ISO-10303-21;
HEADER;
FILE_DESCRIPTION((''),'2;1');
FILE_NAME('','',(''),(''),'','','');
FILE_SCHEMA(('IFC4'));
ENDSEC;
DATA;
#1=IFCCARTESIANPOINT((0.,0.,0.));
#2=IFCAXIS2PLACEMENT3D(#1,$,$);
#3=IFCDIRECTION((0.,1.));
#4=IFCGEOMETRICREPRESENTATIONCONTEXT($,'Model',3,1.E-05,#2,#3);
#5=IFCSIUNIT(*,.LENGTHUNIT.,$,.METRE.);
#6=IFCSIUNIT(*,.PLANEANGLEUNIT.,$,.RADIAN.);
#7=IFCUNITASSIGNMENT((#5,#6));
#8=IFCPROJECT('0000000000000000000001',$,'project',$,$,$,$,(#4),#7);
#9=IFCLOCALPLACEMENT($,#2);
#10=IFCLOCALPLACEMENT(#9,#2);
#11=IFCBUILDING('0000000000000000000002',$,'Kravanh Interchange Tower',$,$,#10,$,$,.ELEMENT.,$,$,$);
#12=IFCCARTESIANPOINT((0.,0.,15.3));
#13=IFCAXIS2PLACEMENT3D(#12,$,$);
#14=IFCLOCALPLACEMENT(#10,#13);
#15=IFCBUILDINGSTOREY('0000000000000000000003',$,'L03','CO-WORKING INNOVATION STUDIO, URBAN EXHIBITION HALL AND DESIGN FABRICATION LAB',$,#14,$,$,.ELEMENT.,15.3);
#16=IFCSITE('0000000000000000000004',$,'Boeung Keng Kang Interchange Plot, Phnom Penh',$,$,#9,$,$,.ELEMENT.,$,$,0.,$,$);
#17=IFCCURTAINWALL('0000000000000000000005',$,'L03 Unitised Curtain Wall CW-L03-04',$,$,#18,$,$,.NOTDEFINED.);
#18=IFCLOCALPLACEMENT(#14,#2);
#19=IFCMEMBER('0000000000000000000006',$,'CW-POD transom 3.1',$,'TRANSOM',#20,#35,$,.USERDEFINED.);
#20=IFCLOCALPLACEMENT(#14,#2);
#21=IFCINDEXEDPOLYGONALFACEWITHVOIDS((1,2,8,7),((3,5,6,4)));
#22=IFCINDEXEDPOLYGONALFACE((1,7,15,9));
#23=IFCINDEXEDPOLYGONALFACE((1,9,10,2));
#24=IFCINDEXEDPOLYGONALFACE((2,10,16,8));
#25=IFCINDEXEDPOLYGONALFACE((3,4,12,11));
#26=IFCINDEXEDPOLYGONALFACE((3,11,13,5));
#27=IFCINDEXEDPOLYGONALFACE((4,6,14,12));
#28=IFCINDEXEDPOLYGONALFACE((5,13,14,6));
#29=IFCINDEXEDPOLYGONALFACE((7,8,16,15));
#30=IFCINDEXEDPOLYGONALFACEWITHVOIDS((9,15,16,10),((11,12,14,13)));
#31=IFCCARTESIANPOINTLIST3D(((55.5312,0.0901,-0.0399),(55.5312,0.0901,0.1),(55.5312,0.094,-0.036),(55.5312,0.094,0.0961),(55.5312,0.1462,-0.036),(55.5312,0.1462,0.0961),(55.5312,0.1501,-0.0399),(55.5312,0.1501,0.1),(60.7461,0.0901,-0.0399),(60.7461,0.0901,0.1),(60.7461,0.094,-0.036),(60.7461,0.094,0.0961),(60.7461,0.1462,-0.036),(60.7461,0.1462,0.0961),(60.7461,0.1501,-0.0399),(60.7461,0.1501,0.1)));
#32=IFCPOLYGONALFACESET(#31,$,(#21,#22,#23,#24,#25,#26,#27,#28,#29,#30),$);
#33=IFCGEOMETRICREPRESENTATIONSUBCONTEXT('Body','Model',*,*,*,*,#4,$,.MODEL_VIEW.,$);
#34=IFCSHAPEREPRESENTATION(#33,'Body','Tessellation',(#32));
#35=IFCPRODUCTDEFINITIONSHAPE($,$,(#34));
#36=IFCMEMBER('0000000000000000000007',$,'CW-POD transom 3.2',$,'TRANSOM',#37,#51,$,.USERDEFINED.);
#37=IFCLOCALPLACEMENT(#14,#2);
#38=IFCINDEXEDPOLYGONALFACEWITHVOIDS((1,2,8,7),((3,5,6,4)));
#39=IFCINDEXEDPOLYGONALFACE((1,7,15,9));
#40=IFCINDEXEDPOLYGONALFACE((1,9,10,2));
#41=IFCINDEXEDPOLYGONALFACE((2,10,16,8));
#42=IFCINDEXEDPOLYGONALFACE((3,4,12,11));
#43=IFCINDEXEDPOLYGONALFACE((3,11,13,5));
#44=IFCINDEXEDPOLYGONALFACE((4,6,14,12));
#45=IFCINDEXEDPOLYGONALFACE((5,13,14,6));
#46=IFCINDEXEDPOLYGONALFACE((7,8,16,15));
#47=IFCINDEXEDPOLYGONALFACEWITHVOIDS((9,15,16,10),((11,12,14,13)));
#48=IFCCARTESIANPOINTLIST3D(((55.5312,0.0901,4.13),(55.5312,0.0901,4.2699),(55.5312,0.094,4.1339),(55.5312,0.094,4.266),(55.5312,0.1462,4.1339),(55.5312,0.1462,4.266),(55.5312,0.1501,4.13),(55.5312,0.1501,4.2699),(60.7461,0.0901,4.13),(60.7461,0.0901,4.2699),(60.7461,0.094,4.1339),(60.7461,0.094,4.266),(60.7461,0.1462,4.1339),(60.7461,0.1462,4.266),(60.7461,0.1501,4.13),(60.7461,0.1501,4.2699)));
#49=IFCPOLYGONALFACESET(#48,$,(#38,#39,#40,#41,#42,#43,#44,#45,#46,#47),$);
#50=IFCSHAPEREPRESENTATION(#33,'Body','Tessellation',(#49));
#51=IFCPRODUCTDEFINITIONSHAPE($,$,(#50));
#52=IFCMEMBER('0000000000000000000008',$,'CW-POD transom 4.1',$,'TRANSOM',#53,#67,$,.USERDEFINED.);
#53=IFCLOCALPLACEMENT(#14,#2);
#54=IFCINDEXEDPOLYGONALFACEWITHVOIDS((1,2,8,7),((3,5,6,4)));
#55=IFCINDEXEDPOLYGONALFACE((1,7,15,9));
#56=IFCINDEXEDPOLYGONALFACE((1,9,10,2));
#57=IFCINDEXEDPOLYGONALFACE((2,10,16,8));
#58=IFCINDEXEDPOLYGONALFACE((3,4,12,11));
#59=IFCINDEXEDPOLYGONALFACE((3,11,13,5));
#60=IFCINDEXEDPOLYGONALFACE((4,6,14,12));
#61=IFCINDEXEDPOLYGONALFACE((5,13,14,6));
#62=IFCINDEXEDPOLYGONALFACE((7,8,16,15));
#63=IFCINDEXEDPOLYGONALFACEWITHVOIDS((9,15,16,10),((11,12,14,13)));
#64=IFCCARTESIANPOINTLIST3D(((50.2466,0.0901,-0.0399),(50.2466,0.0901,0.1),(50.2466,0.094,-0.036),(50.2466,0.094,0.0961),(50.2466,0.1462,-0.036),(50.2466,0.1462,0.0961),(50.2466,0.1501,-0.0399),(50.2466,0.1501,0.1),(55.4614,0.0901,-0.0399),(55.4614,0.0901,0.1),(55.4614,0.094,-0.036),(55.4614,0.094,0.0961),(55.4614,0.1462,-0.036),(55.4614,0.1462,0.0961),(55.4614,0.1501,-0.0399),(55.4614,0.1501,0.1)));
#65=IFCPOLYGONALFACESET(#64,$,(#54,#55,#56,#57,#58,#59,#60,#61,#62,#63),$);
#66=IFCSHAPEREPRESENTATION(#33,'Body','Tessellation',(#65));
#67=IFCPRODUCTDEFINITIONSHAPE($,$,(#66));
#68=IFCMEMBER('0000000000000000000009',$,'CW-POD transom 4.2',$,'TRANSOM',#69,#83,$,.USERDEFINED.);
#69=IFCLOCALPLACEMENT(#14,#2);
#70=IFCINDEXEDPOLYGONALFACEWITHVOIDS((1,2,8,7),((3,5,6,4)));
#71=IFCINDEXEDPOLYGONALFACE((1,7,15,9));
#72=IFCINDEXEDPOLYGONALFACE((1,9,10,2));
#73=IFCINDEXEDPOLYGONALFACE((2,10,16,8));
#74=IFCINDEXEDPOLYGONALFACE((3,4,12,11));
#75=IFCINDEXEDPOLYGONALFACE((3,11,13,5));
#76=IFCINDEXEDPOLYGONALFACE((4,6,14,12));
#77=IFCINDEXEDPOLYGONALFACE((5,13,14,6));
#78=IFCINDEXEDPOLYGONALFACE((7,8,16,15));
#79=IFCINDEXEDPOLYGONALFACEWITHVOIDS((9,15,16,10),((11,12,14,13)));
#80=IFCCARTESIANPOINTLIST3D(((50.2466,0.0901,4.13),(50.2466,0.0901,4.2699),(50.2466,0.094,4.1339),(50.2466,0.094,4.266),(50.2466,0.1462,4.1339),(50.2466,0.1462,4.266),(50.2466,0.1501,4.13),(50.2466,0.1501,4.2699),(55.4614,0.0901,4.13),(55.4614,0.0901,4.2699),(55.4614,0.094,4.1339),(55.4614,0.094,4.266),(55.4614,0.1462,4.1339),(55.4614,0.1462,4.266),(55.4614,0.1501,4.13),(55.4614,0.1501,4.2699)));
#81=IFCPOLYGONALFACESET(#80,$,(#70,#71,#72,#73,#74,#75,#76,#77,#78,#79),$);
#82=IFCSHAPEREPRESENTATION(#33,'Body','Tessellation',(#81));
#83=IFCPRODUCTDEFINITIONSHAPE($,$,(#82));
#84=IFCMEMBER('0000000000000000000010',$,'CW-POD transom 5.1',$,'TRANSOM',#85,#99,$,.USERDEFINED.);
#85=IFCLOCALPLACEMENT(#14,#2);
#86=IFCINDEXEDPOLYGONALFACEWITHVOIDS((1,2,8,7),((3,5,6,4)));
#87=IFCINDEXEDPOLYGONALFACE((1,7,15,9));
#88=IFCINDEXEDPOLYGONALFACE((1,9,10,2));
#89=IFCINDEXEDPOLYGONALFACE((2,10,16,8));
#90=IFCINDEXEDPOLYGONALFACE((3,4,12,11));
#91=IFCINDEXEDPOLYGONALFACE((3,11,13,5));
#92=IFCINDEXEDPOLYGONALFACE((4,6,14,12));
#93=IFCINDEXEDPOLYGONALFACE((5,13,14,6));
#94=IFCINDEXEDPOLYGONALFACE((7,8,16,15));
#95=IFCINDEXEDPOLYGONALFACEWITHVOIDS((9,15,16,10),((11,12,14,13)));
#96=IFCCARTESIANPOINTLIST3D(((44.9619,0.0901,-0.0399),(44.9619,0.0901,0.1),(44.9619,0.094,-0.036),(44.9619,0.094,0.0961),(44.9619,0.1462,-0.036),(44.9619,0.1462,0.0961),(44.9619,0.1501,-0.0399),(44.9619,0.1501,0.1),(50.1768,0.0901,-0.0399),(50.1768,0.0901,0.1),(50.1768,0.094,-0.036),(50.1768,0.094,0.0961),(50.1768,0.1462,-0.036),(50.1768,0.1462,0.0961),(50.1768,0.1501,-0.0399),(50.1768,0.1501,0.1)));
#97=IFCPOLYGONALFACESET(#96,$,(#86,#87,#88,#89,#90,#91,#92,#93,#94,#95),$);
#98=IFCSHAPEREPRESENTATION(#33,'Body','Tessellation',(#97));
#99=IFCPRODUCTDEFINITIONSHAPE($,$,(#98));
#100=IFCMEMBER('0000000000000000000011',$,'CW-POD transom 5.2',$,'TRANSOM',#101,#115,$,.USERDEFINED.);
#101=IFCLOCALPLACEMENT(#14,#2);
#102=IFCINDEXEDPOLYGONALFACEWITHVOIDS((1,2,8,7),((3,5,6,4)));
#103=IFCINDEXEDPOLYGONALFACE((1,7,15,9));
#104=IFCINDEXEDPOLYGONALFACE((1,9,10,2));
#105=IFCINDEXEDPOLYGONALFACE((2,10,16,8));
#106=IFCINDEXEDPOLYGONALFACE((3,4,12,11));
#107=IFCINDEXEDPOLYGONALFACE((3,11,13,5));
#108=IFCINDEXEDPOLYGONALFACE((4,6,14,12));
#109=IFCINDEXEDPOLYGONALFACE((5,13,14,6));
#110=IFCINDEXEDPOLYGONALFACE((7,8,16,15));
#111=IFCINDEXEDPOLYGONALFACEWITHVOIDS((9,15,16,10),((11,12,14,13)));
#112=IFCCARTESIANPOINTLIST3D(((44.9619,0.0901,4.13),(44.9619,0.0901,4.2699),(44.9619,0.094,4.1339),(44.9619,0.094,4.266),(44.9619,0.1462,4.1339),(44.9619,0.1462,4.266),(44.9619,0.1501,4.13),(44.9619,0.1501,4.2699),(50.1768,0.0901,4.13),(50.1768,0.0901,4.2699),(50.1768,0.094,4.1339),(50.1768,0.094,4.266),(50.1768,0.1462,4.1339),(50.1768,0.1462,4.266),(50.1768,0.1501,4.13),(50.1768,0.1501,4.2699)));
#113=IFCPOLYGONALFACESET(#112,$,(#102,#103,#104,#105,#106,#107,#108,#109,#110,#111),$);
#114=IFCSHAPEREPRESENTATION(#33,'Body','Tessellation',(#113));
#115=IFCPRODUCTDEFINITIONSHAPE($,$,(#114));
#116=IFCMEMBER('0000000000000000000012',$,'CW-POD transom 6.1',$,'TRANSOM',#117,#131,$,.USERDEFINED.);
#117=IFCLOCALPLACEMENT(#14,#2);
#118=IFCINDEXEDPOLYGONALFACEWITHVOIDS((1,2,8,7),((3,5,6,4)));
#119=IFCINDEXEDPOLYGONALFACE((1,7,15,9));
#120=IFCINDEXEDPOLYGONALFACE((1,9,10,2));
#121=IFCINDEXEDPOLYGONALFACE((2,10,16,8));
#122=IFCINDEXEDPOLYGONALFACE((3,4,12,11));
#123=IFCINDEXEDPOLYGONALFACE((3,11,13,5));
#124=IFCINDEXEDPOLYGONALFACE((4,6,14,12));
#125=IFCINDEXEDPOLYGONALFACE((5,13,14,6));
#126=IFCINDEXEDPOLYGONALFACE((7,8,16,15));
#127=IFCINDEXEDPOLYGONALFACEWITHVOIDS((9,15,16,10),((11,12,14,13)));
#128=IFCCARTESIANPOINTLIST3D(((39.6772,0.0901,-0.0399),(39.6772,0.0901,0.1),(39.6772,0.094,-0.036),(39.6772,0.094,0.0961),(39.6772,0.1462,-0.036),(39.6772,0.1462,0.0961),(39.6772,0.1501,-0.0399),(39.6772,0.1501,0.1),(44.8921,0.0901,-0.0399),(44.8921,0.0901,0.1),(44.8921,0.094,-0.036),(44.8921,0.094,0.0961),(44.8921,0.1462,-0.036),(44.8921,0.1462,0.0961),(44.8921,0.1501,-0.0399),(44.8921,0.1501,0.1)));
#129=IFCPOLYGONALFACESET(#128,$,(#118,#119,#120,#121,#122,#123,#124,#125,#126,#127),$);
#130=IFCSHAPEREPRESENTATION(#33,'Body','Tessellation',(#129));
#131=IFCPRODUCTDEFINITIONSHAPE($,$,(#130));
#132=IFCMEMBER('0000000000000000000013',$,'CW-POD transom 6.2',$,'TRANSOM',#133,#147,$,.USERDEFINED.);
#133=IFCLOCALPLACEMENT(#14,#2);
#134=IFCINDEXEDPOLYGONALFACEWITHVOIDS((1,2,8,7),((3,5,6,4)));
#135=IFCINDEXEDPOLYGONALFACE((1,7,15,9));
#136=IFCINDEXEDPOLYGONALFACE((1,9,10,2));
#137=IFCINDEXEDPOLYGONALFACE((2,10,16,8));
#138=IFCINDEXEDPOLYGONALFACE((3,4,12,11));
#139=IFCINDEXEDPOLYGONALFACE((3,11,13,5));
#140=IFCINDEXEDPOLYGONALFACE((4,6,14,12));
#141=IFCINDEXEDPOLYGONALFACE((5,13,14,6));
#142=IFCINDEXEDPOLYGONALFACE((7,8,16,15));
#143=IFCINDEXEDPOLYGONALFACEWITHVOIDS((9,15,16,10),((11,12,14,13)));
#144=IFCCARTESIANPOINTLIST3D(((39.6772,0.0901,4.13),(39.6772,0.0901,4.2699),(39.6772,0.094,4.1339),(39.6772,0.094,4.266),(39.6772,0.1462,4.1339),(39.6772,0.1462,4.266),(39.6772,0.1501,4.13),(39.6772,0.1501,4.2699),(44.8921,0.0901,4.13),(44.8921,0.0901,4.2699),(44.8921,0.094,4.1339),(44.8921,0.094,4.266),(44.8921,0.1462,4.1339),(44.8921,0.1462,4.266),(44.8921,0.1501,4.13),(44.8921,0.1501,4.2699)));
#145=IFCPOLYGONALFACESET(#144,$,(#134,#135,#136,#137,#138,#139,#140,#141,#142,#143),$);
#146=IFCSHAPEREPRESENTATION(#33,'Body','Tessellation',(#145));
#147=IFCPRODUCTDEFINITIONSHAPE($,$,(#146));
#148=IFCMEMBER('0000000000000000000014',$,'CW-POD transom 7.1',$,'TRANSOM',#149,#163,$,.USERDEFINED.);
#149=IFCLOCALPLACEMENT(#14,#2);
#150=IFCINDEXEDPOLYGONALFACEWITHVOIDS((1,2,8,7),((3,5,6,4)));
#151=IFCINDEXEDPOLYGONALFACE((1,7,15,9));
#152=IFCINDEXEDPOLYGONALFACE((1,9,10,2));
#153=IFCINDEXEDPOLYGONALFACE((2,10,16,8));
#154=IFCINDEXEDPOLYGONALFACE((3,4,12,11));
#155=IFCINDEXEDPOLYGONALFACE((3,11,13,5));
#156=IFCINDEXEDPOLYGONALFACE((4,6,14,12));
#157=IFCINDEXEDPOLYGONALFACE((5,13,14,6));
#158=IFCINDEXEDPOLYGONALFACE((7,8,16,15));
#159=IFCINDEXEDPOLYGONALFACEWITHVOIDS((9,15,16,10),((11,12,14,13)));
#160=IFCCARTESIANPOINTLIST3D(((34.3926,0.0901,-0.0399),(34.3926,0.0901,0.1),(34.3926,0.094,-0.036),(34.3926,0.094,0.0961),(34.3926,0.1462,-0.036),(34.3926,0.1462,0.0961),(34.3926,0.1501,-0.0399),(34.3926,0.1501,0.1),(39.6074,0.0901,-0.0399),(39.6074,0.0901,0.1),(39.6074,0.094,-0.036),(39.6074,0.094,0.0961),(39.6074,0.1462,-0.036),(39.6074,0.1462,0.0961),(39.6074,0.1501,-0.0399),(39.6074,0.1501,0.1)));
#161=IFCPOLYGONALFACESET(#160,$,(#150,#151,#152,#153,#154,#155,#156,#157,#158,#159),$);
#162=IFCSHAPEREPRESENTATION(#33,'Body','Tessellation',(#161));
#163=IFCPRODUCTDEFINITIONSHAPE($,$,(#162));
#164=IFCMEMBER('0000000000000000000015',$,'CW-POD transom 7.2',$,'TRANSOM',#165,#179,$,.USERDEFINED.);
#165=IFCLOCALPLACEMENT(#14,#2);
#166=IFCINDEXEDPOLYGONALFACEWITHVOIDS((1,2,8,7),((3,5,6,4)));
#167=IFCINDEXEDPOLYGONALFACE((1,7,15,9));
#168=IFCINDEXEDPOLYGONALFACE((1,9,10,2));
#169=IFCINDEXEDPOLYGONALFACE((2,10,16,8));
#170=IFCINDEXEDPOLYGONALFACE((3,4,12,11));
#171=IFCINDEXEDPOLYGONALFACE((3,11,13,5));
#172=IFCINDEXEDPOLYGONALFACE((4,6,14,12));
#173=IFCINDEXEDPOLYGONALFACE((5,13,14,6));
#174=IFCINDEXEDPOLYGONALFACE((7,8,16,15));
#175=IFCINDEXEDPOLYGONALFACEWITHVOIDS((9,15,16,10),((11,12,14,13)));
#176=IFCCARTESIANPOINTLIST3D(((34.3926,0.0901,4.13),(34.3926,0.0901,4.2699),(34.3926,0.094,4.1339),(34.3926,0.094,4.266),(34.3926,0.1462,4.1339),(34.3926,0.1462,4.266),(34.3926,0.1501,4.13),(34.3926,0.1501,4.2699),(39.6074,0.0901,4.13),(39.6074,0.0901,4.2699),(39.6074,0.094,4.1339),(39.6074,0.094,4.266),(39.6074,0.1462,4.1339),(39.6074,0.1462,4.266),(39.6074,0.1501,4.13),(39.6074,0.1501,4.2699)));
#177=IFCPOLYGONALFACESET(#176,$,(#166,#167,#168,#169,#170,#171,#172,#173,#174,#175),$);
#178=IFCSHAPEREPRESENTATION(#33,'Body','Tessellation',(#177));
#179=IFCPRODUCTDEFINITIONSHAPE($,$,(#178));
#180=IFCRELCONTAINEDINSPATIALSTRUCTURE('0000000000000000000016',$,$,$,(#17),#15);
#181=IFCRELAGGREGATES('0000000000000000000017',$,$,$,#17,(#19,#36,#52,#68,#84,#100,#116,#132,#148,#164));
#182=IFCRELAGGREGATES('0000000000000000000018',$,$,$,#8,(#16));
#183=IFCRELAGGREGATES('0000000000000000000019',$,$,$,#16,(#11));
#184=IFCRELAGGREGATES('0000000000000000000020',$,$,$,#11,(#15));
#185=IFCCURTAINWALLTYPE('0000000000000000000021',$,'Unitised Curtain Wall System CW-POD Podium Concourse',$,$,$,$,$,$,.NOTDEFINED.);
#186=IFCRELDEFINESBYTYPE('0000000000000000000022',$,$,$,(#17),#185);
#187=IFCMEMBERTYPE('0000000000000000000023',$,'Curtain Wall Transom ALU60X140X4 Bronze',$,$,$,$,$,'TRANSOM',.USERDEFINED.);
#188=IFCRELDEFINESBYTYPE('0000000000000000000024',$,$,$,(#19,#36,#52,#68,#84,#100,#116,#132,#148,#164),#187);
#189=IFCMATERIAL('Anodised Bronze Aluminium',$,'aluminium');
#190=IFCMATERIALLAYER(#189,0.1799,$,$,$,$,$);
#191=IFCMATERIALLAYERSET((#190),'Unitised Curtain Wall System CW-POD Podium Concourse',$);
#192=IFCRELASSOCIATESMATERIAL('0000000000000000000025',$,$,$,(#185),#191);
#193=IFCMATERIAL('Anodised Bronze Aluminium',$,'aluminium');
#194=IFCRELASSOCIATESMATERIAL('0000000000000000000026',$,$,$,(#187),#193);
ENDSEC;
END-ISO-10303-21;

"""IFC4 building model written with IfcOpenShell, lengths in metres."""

from ifc_helpers import new_model, si_unit, direction, frame, origin, origin_2d, place, context, subcontext, project, spatial, hollow_rectangle, extrude, material, layer, layer_set, material_profile, profile_set, type_object, element, aggregate, save


model = new_model("IFC4")

# Units and contexts
model_context = context("Model", 3, precision=1e-05, world=origin(), true_north=direction((0.0, 1.0)))
body_context = subcontext(model_context, "Body", "Model", "MODEL_VIEW")
ifc_project = project(units=[si_unit("LENGTHUNIT", "METRE"), si_unit("PLANEANGLEUNIT", "RADIAN")], contexts=[model_context])

# Site, building, storey
site_placement = place(None, origin())
site = spatial("IfcSite", under=ifc_project, at=site_placement, Name="Boeung Keng Kang Interchange Plot, Phnom Penh", CompositionType="ELEMENT", RefElevation=0.0)
building_placement = place(site_placement, origin())
building = spatial("IfcBuilding", under=site, at=building_placement, Name="Kravanh Interchange Tower", CompositionType="ELEMENT")
storey_placement = place(building_placement, frame((0.0, 0.0, 15.3)))
storey = spatial("IfcBuildingStorey", under=building, at=storey_placement, Name="L03", Description="CO-WORKING INNOVATION STUDIO, URBAN EXHIBITION HALL AND DESIGN FABRICATION LAB", CompositionType="ELEMENT", Elevation=15.3)

# Curtain wall, members
ifc_material_1 = material(Name="Anodised Bronze Aluminium", Category="aluminium")
ifc_layer_1 = layer(ifc_material_1, 0.1799)
ifc_layer_set_1 = layer_set([ifc_layer_1], Name="Unitised Curtain Wall System CW-POD Podium Concourse")
curtain_wall_type = type_object("IfcCurtainWallType", Name="Unitised Curtain Wall System CW-POD Podium Concourse", PredefinedType="NOTDEFINED", material=ifc_layer_set_1)
curtain_wall_placement = place(storey_placement, origin())
curtain_wall = element("IfcCurtainWall", 1, at=curtain_wall_placement, inside=storey, type_object=curtain_wall_type, Name="L03 Unitised Curtain Wall CW-L03-04", PredefinedType="NOTDEFINED")
ifc_material_2 = material(Name="Anodised Bronze Aluminium", Category="aluminium")
ifc_material_profile_1 = material_profile(ifc_material_2, hollow_rectangle(XDim=0.0601, YDim=0.1399, WallThickness=0.0039, at=origin_2d()), Name="ALU60X140X4")
ifc_profile_set_1 = profile_set([ifc_material_profile_1], Name="Anodised Bronze Aluminium")
member_type_1 = type_object("IfcMemberType", Name="Curtain Wall Transom ALU60X140X4 Bronze", ElementType="TRANSOM", PredefinedType="USERDEFINED", material=ifc_profile_set_1)
member_1_placement = place(storey_placement, frame((60.7461, 0.1201, 0.03), z_axis=(-1.0, 0.0, 0.0), x_axis=(0.0, -1.0, 0.0)))
member_1 = element("IfcMember", 2, at=member_1_placement, type_object=member_type_1, Name="CW-POD transom 3.1", ObjectType="TRANSOM", PredefinedType="USERDEFINED", context=body_context, shape_type="SweptSolid", body=[
    extrude(hollow_rectangle(XDim=0.0601, YDim=0.1399, WallThickness=0.0039, at=origin_2d()), origin(), (0.0, 0.0, 1.0), 5.2148),
])
member_2_placement = place(storey_placement, frame((60.7461, 0.1201, 4.2), z_axis=(-1.0, 0.0, 0.0), x_axis=(0.0, -1.0, 0.0)))
member_2 = element("IfcMember", 3, at=member_2_placement, type_object=member_type_1, Name="CW-POD transom 3.2", ObjectType="TRANSOM", PredefinedType="USERDEFINED", context=body_context, shape_type="SweptSolid", body=[
    extrude(hollow_rectangle(XDim=0.0601, YDim=0.1399, WallThickness=0.0039, at=origin_2d()), origin(), (0.0, 0.0, 1.0), 5.2148),
])
member_3_placement = place(storey_placement, frame((55.4614, 0.1201, 0.03), z_axis=(-1.0, 0.0, 0.0), x_axis=(0.0, -1.0, 0.0)))
member_3 = element("IfcMember", 4, at=member_3_placement, type_object=member_type_1, Name="CW-POD transom 4.1", ObjectType="TRANSOM", PredefinedType="USERDEFINED", context=body_context, shape_type="SweptSolid", body=[
    extrude(hollow_rectangle(XDim=0.0601, YDim=0.1399, WallThickness=0.0039, at=origin_2d()), origin(), (0.0, 0.0, 1.0), 5.2148),
])
member_4_placement = place(storey_placement, frame((55.4614, 0.1201, 4.2), z_axis=(-1.0, 0.0, 0.0), x_axis=(0.0, -1.0, 0.0)))
member_4 = element("IfcMember", 5, at=member_4_placement, type_object=member_type_1, Name="CW-POD transom 4.2", ObjectType="TRANSOM", PredefinedType="USERDEFINED", context=body_context, shape_type="SweptSolid", body=[
    extrude(hollow_rectangle(XDim=0.0601, YDim=0.1399, WallThickness=0.0039, at=origin_2d()), origin(), (0.0, 0.0, 1.0), 5.2148),
])
member_5_placement = place(storey_placement, frame((50.1768, 0.1201, 0.03), z_axis=(-1.0, 0.0, 0.0), x_axis=(0.0, -1.0, 0.0)))
member_5 = element("IfcMember", 6, at=member_5_placement, type_object=member_type_1, Name="CW-POD transom 5.1", ObjectType="TRANSOM", PredefinedType="USERDEFINED", context=body_context, shape_type="SweptSolid", body=[
    extrude(hollow_rectangle(XDim=0.0601, YDim=0.1399, WallThickness=0.0039, at=origin_2d()), origin(), (0.0, 0.0, 1.0), 5.2148),
])
member_6_placement = place(storey_placement, frame((50.1768, 0.1201, 4.2), z_axis=(-1.0, 0.0, 0.0), x_axis=(0.0, -1.0, 0.0)))
member_6 = element("IfcMember", 7, at=member_6_placement, type_object=member_type_1, Name="CW-POD transom 5.2", ObjectType="TRANSOM", PredefinedType="USERDEFINED", context=body_context, shape_type="SweptSolid", body=[
    extrude(hollow_rectangle(XDim=0.0601, YDim=0.1399, WallThickness=0.0039, at=origin_2d()), origin(), (0.0, 0.0, 1.0), 5.2148),
])
member_7_placement = place(storey_placement, frame((44.8921, 0.1201, 0.03), z_axis=(-1.0, 0.0, 0.0), x_axis=(0.0, -1.0, 0.0)))
member_7 = element("IfcMember", 8, at=member_7_placement, type_object=member_type_1, Name="CW-POD transom 6.1", ObjectType="TRANSOM", PredefinedType="USERDEFINED", context=body_context, shape_type="SweptSolid", body=[
    extrude(hollow_rectangle(XDim=0.0601, YDim=0.1399, WallThickness=0.0039, at=origin_2d()), origin(), (0.0, 0.0, 1.0), 5.2148),
])
member_8_placement = place(storey_placement, frame((44.8921, 0.1201, 4.2), z_axis=(-1.0, 0.0, 0.0), x_axis=(0.0, -1.0, 0.0)))
member_8 = element("IfcMember", 9, at=member_8_placement, type_object=member_type_1, Name="CW-POD transom 6.2", ObjectType="TRANSOM", PredefinedType="USERDEFINED", context=body_context, shape_type="SweptSolid", body=[
    extrude(hollow_rectangle(XDim=0.0601, YDim=0.1399, WallThickness=0.0039, at=origin_2d()), origin(), (0.0, 0.0, 1.0), 5.2148),
])
member_9_placement = place(storey_placement, frame((39.6074, 0.1201, 0.03), z_axis=(-1.0, 0.0, 0.0), x_axis=(0.0, -1.0, 0.0)))
member_9 = element("IfcMember", 10, at=member_9_placement, type_object=member_type_1, Name="CW-POD transom 7.1", ObjectType="TRANSOM", PredefinedType="USERDEFINED", context=body_context, shape_type="SweptSolid", body=[
    extrude(hollow_rectangle(XDim=0.0601, YDim=0.1399, WallThickness=0.0039, at=origin_2d()), origin(), (0.0, 0.0, 1.0), 5.2148),
])
member_10_placement = place(storey_placement, frame((39.6074, 0.1201, 4.2), z_axis=(-1.0, 0.0, 0.0), x_axis=(0.0, -1.0, 0.0)))
member_10 = element("IfcMember", 11, at=member_10_placement, type_object=member_type_1, Name="CW-POD transom 7.2", ObjectType="TRANSOM", PredefinedType="USERDEFINED", context=body_context, shape_type="SweptSolid", body=[
    extrude(hollow_rectangle(XDim=0.0601, YDim=0.1399, WallThickness=0.0039, at=origin_2d()), origin(), (0.0, 0.0, 1.0), 5.2148),
])

aggregate(curtain_wall, [member_1, member_2, member_3, member_4, member_5, member_6, member_7, member_8, member_9, member_10])

save(model, "model.ifc")
